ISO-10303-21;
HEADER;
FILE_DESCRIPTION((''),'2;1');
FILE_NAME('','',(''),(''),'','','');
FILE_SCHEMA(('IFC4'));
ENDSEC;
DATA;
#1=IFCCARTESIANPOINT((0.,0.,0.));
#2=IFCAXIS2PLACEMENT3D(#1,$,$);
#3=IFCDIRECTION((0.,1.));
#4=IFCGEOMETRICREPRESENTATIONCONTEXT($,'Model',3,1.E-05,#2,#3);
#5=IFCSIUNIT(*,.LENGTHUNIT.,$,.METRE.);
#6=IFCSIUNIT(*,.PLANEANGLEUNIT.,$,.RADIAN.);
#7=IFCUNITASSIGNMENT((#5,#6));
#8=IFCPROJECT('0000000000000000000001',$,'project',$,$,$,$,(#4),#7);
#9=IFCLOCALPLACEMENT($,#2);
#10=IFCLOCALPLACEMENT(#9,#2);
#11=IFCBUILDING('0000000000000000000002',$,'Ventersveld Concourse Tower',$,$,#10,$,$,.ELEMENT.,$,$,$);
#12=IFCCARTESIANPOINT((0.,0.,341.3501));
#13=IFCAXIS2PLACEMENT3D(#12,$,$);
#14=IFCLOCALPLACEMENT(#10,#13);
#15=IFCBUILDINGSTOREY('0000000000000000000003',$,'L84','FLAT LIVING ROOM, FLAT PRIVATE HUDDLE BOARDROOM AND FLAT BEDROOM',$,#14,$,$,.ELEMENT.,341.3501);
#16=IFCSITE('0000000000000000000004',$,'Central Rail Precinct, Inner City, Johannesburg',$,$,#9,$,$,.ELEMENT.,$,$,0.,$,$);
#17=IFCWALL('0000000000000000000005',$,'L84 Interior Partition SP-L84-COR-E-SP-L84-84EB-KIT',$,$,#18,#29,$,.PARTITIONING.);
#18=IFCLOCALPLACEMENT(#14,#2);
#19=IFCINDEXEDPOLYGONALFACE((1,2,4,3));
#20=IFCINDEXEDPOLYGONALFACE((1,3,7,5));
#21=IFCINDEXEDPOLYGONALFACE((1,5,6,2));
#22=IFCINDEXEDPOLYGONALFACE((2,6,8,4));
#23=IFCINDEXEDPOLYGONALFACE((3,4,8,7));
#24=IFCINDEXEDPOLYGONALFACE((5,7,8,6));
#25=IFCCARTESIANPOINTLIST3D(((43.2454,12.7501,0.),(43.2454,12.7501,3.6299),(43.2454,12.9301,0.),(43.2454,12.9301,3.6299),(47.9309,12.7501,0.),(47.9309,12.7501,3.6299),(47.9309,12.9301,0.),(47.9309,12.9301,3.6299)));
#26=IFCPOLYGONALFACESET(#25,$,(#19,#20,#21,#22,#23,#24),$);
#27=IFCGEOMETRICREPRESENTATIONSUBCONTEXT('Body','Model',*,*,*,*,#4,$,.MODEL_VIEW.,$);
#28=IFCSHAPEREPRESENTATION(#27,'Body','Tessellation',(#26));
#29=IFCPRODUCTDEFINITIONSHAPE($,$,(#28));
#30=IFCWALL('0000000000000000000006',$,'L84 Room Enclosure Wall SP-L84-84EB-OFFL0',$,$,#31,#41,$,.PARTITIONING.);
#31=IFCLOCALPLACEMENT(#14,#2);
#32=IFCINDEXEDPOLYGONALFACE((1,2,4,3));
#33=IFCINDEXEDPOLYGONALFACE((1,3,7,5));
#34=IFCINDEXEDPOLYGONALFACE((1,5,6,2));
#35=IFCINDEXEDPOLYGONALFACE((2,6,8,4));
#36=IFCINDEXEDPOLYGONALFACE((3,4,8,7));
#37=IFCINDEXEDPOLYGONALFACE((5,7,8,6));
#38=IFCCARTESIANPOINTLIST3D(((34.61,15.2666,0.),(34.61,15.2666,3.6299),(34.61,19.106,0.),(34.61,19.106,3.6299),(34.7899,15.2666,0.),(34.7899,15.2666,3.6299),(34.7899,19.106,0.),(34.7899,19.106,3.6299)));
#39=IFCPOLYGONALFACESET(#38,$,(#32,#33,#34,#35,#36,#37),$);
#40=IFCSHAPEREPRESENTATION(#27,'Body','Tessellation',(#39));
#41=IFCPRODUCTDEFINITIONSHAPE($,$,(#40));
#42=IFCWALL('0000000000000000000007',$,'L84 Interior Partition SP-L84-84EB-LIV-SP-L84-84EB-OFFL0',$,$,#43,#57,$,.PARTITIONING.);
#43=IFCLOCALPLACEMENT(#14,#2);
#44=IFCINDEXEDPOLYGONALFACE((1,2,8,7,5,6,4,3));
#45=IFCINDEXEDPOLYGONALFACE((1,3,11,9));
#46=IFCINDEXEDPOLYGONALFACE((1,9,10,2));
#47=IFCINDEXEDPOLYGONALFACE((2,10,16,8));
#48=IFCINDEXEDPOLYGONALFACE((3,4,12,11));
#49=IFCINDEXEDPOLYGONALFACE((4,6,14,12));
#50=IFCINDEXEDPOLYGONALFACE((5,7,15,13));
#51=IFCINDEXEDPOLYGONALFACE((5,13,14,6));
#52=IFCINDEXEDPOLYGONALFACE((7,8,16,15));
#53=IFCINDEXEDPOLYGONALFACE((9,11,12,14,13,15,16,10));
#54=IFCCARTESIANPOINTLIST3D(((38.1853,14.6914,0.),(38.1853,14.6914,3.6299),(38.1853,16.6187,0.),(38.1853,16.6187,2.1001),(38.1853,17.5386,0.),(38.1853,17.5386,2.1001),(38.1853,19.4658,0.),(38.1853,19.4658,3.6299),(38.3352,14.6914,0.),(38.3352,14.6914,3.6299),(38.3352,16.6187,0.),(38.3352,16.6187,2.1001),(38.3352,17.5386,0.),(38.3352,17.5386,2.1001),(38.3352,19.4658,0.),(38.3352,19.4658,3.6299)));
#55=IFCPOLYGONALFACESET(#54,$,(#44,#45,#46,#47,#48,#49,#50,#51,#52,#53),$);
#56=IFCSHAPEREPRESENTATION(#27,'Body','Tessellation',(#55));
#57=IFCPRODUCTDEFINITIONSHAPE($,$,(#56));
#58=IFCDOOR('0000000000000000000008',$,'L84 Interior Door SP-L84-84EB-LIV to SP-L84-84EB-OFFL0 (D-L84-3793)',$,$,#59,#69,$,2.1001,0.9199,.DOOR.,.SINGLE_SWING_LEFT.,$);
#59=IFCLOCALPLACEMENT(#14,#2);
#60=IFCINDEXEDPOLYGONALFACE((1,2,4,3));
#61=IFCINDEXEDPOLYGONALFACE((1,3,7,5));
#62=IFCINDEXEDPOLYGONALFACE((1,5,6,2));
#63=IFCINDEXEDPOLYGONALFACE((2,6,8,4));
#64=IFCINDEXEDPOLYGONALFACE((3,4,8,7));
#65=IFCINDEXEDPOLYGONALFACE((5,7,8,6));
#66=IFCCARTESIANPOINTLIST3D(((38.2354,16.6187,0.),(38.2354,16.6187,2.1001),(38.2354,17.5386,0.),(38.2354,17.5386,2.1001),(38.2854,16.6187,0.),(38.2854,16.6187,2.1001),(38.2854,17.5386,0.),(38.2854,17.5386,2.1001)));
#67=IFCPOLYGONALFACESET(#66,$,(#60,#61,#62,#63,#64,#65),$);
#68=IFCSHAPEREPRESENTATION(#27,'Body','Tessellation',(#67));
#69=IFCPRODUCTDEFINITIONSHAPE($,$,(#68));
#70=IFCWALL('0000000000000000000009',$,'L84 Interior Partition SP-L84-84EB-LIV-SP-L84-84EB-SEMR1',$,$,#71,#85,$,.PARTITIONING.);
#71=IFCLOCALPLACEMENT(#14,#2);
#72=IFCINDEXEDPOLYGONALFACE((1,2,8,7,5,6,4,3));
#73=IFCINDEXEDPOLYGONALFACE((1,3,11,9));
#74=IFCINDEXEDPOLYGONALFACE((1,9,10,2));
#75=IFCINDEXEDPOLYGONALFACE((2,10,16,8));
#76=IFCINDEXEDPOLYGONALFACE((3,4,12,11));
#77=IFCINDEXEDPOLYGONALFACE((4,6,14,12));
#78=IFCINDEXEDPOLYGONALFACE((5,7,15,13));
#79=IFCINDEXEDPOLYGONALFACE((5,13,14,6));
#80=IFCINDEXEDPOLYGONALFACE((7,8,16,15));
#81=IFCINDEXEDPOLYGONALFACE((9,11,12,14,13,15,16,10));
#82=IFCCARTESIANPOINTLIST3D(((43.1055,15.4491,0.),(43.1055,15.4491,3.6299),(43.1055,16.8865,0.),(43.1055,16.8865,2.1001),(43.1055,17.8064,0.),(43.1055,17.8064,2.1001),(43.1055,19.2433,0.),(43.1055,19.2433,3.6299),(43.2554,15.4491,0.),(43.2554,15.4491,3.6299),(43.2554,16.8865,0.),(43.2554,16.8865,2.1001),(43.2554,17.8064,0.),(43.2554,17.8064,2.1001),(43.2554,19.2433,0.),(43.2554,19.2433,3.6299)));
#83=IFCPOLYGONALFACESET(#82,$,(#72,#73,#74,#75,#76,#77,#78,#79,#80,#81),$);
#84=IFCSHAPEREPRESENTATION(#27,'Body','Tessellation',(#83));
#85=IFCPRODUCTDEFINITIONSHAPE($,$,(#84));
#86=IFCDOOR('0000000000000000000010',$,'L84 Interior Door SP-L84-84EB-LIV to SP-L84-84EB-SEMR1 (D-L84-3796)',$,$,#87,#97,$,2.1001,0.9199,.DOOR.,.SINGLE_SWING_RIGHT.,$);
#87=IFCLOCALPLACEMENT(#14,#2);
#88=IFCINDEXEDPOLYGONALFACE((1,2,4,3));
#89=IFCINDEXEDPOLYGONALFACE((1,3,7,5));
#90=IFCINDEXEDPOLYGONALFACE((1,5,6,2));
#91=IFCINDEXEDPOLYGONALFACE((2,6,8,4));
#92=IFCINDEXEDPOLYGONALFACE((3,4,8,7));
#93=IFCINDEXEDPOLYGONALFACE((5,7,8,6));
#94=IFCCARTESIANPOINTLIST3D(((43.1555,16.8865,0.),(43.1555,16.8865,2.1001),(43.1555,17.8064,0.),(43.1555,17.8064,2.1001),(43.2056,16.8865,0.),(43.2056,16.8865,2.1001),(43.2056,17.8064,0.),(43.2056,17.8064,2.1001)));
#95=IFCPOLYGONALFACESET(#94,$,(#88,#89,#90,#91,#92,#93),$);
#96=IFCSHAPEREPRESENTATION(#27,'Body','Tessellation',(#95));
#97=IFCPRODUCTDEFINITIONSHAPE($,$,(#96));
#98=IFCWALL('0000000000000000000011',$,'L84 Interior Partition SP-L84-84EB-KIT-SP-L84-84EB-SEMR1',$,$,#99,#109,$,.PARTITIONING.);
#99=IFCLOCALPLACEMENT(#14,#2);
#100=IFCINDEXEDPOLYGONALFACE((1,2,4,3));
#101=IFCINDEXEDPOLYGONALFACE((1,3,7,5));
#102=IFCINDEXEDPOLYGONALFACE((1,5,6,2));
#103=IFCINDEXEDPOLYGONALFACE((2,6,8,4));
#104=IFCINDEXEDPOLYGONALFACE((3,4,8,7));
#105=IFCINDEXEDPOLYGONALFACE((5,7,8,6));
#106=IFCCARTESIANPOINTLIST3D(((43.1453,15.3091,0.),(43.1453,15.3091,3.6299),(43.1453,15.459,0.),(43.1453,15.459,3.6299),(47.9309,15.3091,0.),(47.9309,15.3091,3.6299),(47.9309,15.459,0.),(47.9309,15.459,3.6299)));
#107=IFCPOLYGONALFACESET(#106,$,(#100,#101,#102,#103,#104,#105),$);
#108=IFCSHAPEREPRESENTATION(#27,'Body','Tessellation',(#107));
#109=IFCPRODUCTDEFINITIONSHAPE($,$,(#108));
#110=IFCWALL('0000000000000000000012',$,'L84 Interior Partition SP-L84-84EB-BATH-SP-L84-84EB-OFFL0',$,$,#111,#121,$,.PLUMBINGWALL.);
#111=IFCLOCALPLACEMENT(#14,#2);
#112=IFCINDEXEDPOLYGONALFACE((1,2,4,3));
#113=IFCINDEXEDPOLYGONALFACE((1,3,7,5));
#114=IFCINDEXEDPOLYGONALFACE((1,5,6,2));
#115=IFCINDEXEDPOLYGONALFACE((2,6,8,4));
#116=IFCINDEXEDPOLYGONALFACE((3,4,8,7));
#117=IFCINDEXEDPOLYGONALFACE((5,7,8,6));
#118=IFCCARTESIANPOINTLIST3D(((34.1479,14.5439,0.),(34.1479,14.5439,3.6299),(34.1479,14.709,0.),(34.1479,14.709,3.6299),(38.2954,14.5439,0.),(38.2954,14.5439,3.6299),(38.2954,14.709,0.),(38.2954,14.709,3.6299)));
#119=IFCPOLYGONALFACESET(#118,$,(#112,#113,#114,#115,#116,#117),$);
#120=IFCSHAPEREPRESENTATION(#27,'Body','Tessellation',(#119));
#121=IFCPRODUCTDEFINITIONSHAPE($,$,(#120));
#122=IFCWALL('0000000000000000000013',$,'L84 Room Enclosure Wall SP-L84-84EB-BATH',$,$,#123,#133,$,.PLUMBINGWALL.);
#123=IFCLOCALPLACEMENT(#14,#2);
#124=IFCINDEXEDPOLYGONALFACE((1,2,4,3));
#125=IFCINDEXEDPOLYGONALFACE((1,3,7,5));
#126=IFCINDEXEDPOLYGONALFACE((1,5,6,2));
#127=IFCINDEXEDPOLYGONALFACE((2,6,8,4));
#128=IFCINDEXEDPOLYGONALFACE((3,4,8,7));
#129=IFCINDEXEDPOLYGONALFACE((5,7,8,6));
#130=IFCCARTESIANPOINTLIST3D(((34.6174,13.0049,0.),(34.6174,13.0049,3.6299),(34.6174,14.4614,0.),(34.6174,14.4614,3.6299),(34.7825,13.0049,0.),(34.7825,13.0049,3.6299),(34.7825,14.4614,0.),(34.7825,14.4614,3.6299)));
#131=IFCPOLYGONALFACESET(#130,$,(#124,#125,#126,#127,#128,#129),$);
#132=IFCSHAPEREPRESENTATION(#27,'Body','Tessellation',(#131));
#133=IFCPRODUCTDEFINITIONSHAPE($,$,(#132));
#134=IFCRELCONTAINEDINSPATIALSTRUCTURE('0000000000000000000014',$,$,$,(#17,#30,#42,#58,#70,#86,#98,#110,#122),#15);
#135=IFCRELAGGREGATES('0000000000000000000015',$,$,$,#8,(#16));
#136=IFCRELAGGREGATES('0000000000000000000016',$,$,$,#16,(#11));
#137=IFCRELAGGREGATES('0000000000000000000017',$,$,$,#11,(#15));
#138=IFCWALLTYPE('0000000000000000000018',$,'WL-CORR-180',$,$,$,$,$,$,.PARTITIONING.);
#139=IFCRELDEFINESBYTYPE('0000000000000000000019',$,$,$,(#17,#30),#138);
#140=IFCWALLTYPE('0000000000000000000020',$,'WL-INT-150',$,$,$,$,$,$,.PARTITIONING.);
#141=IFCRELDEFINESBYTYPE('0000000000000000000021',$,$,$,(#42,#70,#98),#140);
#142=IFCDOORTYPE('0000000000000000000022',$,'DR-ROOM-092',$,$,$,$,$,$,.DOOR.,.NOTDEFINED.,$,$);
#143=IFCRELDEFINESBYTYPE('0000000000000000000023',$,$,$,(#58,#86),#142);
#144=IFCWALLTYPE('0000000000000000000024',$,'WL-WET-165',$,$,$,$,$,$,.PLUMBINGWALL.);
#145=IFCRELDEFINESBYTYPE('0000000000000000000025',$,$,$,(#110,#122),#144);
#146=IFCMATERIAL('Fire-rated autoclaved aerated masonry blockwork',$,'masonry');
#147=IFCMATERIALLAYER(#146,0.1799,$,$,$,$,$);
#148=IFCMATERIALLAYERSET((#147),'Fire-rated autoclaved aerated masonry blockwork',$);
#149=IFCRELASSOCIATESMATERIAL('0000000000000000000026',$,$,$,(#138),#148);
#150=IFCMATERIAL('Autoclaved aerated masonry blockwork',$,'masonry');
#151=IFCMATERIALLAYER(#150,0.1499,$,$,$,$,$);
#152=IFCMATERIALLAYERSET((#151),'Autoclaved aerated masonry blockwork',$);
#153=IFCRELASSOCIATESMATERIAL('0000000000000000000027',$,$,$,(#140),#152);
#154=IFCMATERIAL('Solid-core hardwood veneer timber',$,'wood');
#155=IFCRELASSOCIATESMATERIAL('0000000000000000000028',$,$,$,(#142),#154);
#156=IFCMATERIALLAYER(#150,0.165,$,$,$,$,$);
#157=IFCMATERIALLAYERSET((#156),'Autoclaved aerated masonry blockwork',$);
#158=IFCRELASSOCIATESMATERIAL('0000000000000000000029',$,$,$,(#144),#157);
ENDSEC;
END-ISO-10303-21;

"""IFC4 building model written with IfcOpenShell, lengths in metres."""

from ifc_helpers import new_model, si_unit, direction, frame, frame_2d, origin, place, context, subcontext, project, spatial, rectangle, extrude, material, layer, layer_set, type_object, element, fill, save


model = new_model("IFC4")

# Units and contexts
model_context = context("Model", 3, precision=1e-05, world=origin(), true_north=direction((0.0, 1.0)))
body_context = subcontext(model_context, "Body", "Model", "MODEL_VIEW")
ifc_project = project(units=[si_unit("LENGTHUNIT", "METRE"), si_unit("PLANEANGLEUNIT", "RADIAN")], contexts=[model_context])

# Site, building, storey
site_placement = place(None, origin())
site = spatial("IfcSite", under=ifc_project, at=site_placement, Name="Central Rail Precinct, Inner City, Johannesburg", CompositionType="ELEMENT", RefElevation=0.0)
building_placement = place(site_placement, origin())
building = spatial("IfcBuilding", under=site, at=building_placement, Name="Ventersveld Concourse Tower", CompositionType="ELEMENT")
storey_placement = place(building_placement, frame((0.0, 0.0, 341.3501)))
storey = spatial("IfcBuildingStorey", under=building, at=storey_placement, Name="L84", Description="FLAT LIVING ROOM, FLAT PRIVATE HUDDLE BOARDROOM AND FLAT BEDROOM", CompositionType="ELEMENT", Elevation=341.3501)

# Shared definitions
ifc_material_1 = material(Name="Fire-rated autoclaved aerated masonry blockwork", Category="masonry")
ifc_layer_1 = layer(ifc_material_1, 0.1799)
ifc_layer_set_1 = layer_set([ifc_layer_1], Name="Fire-rated autoclaved aerated masonry blockwork")
wall_type_1 = type_object("IfcWallType", Name="WL-CORR-180", PredefinedType="PARTITIONING", material=ifc_layer_set_1)
ifc_material_2 = material(Name="Solid-core hardwood veneer timber", Category="wood")

# Walls
wall_1_placement = place(storey_placement, frame((43.2454, 12.8401, 0.0), z_axis=(0.0, 0.0, 1.0), x_axis=(1.0, 0.0, 0.0)))
element("IfcWall", 1, at=wall_1_placement, inside=storey, type_object=wall_type_1, Name="L84 Interior Partition SP-L84-COR-E-SP-L84-84EB-KIT", PredefinedType="PARTITIONING", context=body_context, shape_type="SweptSolid", body=[
    extrude(rectangle(XDim=4.6855, YDim=0.1799, at=frame_2d((2.3428, 0.0))), origin(), (0.0, 0.0, 1.0), 3.6299),
])
wall_2_placement = place(storey_placement, frame((34.7, 15.2666, 0.0), z_axis=(0.0, 0.0, 1.0), x_axis=(0.0, 1.0, 0.0)))
element("IfcWall", 2, at=wall_2_placement, inside=storey, type_object=wall_type_1, Name="L84 Room Enclosure Wall SP-L84-84EB-OFFL0", PredefinedType="PARTITIONING", context=body_context, shape_type="SweptSolid", body=[
    extrude(rectangle(XDim=3.8394, YDim=0.1799, at=frame_2d((1.9197, 0.0))), origin(), (0.0, 0.0, 1.0), 3.6299),
])

# Walls, openings, doors
ifc_material_3 = material(Name="Autoclaved aerated masonry blockwork", Category="masonry")
ifc_layer_2 = layer(ifc_material_3, 0.1499)
ifc_layer_set_2 = layer_set([ifc_layer_2], Name="Autoclaved aerated masonry blockwork")
wall_type_2 = type_object("IfcWallType", Name="WL-INT-150", PredefinedType="PARTITIONING", material=ifc_layer_set_2)
wall_3_placement = place(storey_placement, frame((38.2603, 14.6914, 0.0), z_axis=(0.0, 0.0, 1.0), x_axis=(0.0, 1.0, 0.0)))
wall_3 = element("IfcWall", 3, at=wall_3_placement, inside=storey, type_object=wall_type_2, Name="L84 Interior Partition SP-L84-84EB-LIV-SP-L84-84EB-OFFL0", PredefinedType="PARTITIONING", context=body_context, shape_type="SweptSolid", body=[
    extrude(rectangle(XDim=4.7744, YDim=0.1499, at=frame_2d((2.3872, 0.0))), origin(), (0.0, 0.0, 1.0), 3.6299),
])
opening_1_placement = place(wall_3_placement, frame((1.9272, 0.0, 0.0)))
opening_1 = element("IfcOpeningElement", 4, at=opening_1_placement, cuts=wall_3, PredefinedType="OPENING", context=body_context, shape_type="SweptSolid", body=[
    extrude(rectangle(XDim=0.9199, YDim=2.1001, at=frame_2d((0.46, 1.05))), frame((0.0, 0.085, 0.0), z_axis=(0.0, -1.0, 0.0), x_axis=(1.0, 0.0, 0.0)), (0.0, 0.0, 1.0), 0.1699),
])
door_type_1 = type_object("IfcDoorType", Name="DR-ROOM-092", OperationType="NOTDEFINED", PredefinedType="DOOR", material=ifc_material_2)
door_1_placement = place(opening_1_placement, origin())
door_1 = element("IfcDoor", 5, at=door_1_placement, inside=storey, type_object=door_type_1, Name="L84 Interior Door SP-L84-84EB-LIV to SP-L84-84EB-OFFL0 (D-L84-3793)", OperationType="SINGLE_SWING_LEFT", OverallHeight=2.1001, OverallWidth=0.9199, PredefinedType="DOOR", context=body_context, shape_type="SweptSolid", body=[
    extrude(rectangle(XDim=0.9199, YDim=2.1001, at=frame_2d((0.46, 1.05))), frame((0.0, 0.0249, 0.0), z_axis=(0.0, -1.0, 0.0), x_axis=(1.0, 0.0, 0.0)), (0.0, 0.0, 1.0), 0.05),
])
fill(opening_1, door_1)
wall_4_placement = place(storey_placement, frame((43.1804, 15.4492, 0.0), z_axis=(0.0, 0.0, 1.0), x_axis=(0.0, 1.0, 0.0)))
wall_4 = element("IfcWall", 6, at=wall_4_placement, inside=storey, type_object=wall_type_2, Name="L84 Interior Partition SP-L84-84EB-LIV-SP-L84-84EB-SEMR1", PredefinedType="PARTITIONING", context=body_context, shape_type="SweptSolid", body=[
    extrude(rectangle(XDim=3.7942, YDim=0.1499, at=frame_2d((1.897, 0.0))), origin(), (0.0, 0.0, 1.0), 3.6299),
])
opening_2_placement = place(wall_4_placement, frame((1.4373, 0.0, 0.0)))
opening_2 = element("IfcOpeningElement", 7, at=opening_2_placement, cuts=wall_4, PredefinedType="OPENING", context=body_context, shape_type="SweptSolid", body=[
    extrude(rectangle(XDim=0.9199, YDim=2.1001, at=frame_2d((0.46, 1.05))), frame((0.0, 0.085, 0.0), z_axis=(0.0, -1.0, 0.0), x_axis=(1.0, 0.0, 0.0)), (0.0, 0.0, 1.0), 0.1699),
])
door_2_placement = place(opening_2_placement, origin())
door_2 = element("IfcDoor", 8, at=door_2_placement, inside=storey, type_object=door_type_1, Name="L84 Interior Door SP-L84-84EB-LIV to SP-L84-84EB-SEMR1 (D-L84-3796)", OperationType="SINGLE_SWING_RIGHT", OverallHeight=2.1001, OverallWidth=0.9199, PredefinedType="DOOR", context=body_context, shape_type="SweptSolid", body=[
    extrude(rectangle(XDim=0.9199, YDim=2.1001, at=frame_2d((0.46, 1.05))), frame((0.0, 0.0249, 0.0), z_axis=(0.0, -1.0, 0.0), x_axis=(1.0, 0.0, 0.0)), (0.0, 0.0, 1.0), 0.05),
])
fill(opening_2, door_2)

# Walls
wall_5_placement = place(storey_placement, frame((43.1453, 15.384, 0.0), z_axis=(0.0, 0.0, 1.0), x_axis=(1.0, 0.0, 0.0)))
element("IfcWall", 9, at=wall_5_placement, inside=storey, type_object=wall_type_2, Name="L84 Interior Partition SP-L84-84EB-KIT-SP-L84-84EB-SEMR1", PredefinedType="PARTITIONING", context=body_context, shape_type="SweptSolid", body=[
    extrude(rectangle(XDim=4.7856, YDim=0.1499, at=frame_2d((2.3928, 0.0))), origin(), (0.0, 0.0, 1.0), 3.6299),
])
ifc_layer_3 = layer(ifc_material_3, 0.165)
ifc_layer_set_3 = layer_set([ifc_layer_3], Name="Autoclaved aerated masonry blockwork")
wall_type_3 = type_object("IfcWallType", Name="WL-WET-165", PredefinedType="PLUMBINGWALL", material=ifc_layer_set_3)
wall_6_placement = place(storey_placement, frame((34.1479, 14.6265, 0.0), z_axis=(0.0, 0.0, 1.0), x_axis=(1.0, 0.0, 0.0)))
element("IfcWall", 10, at=wall_6_placement, inside=storey, type_object=wall_type_3, Name="L84 Interior Partition SP-L84-84EB-BATH-SP-L84-84EB-OFFL0", PredefinedType="PLUMBINGWALL", context=body_context, shape_type="SweptSolid", body=[
    extrude(rectangle(XDim=4.1475, YDim=0.165, at=frame_2d((2.0737, 0.0))), origin(), (0.0, 0.0, 1.0), 3.6299),
])
wall_7_placement = place(storey_placement, frame((34.7, 13.0049, 0.0), z_axis=(0.0, 0.0, 1.0), x_axis=(0.0, 1.0, 0.0)))
element("IfcWall", 11, at=wall_7_placement, inside=storey, type_object=wall_type_3, Name="L84 Room Enclosure Wall SP-L84-84EB-BATH", PredefinedType="PLUMBINGWALL", context=body_context, shape_type="SweptSolid", body=[
    extrude(rectangle(XDim=1.4565, YDim=0.165, at=frame_2d((0.7283, 0.0))), origin(), (0.0, 0.0, 1.0), 3.6299),
])

save(model, "model.ifc")
